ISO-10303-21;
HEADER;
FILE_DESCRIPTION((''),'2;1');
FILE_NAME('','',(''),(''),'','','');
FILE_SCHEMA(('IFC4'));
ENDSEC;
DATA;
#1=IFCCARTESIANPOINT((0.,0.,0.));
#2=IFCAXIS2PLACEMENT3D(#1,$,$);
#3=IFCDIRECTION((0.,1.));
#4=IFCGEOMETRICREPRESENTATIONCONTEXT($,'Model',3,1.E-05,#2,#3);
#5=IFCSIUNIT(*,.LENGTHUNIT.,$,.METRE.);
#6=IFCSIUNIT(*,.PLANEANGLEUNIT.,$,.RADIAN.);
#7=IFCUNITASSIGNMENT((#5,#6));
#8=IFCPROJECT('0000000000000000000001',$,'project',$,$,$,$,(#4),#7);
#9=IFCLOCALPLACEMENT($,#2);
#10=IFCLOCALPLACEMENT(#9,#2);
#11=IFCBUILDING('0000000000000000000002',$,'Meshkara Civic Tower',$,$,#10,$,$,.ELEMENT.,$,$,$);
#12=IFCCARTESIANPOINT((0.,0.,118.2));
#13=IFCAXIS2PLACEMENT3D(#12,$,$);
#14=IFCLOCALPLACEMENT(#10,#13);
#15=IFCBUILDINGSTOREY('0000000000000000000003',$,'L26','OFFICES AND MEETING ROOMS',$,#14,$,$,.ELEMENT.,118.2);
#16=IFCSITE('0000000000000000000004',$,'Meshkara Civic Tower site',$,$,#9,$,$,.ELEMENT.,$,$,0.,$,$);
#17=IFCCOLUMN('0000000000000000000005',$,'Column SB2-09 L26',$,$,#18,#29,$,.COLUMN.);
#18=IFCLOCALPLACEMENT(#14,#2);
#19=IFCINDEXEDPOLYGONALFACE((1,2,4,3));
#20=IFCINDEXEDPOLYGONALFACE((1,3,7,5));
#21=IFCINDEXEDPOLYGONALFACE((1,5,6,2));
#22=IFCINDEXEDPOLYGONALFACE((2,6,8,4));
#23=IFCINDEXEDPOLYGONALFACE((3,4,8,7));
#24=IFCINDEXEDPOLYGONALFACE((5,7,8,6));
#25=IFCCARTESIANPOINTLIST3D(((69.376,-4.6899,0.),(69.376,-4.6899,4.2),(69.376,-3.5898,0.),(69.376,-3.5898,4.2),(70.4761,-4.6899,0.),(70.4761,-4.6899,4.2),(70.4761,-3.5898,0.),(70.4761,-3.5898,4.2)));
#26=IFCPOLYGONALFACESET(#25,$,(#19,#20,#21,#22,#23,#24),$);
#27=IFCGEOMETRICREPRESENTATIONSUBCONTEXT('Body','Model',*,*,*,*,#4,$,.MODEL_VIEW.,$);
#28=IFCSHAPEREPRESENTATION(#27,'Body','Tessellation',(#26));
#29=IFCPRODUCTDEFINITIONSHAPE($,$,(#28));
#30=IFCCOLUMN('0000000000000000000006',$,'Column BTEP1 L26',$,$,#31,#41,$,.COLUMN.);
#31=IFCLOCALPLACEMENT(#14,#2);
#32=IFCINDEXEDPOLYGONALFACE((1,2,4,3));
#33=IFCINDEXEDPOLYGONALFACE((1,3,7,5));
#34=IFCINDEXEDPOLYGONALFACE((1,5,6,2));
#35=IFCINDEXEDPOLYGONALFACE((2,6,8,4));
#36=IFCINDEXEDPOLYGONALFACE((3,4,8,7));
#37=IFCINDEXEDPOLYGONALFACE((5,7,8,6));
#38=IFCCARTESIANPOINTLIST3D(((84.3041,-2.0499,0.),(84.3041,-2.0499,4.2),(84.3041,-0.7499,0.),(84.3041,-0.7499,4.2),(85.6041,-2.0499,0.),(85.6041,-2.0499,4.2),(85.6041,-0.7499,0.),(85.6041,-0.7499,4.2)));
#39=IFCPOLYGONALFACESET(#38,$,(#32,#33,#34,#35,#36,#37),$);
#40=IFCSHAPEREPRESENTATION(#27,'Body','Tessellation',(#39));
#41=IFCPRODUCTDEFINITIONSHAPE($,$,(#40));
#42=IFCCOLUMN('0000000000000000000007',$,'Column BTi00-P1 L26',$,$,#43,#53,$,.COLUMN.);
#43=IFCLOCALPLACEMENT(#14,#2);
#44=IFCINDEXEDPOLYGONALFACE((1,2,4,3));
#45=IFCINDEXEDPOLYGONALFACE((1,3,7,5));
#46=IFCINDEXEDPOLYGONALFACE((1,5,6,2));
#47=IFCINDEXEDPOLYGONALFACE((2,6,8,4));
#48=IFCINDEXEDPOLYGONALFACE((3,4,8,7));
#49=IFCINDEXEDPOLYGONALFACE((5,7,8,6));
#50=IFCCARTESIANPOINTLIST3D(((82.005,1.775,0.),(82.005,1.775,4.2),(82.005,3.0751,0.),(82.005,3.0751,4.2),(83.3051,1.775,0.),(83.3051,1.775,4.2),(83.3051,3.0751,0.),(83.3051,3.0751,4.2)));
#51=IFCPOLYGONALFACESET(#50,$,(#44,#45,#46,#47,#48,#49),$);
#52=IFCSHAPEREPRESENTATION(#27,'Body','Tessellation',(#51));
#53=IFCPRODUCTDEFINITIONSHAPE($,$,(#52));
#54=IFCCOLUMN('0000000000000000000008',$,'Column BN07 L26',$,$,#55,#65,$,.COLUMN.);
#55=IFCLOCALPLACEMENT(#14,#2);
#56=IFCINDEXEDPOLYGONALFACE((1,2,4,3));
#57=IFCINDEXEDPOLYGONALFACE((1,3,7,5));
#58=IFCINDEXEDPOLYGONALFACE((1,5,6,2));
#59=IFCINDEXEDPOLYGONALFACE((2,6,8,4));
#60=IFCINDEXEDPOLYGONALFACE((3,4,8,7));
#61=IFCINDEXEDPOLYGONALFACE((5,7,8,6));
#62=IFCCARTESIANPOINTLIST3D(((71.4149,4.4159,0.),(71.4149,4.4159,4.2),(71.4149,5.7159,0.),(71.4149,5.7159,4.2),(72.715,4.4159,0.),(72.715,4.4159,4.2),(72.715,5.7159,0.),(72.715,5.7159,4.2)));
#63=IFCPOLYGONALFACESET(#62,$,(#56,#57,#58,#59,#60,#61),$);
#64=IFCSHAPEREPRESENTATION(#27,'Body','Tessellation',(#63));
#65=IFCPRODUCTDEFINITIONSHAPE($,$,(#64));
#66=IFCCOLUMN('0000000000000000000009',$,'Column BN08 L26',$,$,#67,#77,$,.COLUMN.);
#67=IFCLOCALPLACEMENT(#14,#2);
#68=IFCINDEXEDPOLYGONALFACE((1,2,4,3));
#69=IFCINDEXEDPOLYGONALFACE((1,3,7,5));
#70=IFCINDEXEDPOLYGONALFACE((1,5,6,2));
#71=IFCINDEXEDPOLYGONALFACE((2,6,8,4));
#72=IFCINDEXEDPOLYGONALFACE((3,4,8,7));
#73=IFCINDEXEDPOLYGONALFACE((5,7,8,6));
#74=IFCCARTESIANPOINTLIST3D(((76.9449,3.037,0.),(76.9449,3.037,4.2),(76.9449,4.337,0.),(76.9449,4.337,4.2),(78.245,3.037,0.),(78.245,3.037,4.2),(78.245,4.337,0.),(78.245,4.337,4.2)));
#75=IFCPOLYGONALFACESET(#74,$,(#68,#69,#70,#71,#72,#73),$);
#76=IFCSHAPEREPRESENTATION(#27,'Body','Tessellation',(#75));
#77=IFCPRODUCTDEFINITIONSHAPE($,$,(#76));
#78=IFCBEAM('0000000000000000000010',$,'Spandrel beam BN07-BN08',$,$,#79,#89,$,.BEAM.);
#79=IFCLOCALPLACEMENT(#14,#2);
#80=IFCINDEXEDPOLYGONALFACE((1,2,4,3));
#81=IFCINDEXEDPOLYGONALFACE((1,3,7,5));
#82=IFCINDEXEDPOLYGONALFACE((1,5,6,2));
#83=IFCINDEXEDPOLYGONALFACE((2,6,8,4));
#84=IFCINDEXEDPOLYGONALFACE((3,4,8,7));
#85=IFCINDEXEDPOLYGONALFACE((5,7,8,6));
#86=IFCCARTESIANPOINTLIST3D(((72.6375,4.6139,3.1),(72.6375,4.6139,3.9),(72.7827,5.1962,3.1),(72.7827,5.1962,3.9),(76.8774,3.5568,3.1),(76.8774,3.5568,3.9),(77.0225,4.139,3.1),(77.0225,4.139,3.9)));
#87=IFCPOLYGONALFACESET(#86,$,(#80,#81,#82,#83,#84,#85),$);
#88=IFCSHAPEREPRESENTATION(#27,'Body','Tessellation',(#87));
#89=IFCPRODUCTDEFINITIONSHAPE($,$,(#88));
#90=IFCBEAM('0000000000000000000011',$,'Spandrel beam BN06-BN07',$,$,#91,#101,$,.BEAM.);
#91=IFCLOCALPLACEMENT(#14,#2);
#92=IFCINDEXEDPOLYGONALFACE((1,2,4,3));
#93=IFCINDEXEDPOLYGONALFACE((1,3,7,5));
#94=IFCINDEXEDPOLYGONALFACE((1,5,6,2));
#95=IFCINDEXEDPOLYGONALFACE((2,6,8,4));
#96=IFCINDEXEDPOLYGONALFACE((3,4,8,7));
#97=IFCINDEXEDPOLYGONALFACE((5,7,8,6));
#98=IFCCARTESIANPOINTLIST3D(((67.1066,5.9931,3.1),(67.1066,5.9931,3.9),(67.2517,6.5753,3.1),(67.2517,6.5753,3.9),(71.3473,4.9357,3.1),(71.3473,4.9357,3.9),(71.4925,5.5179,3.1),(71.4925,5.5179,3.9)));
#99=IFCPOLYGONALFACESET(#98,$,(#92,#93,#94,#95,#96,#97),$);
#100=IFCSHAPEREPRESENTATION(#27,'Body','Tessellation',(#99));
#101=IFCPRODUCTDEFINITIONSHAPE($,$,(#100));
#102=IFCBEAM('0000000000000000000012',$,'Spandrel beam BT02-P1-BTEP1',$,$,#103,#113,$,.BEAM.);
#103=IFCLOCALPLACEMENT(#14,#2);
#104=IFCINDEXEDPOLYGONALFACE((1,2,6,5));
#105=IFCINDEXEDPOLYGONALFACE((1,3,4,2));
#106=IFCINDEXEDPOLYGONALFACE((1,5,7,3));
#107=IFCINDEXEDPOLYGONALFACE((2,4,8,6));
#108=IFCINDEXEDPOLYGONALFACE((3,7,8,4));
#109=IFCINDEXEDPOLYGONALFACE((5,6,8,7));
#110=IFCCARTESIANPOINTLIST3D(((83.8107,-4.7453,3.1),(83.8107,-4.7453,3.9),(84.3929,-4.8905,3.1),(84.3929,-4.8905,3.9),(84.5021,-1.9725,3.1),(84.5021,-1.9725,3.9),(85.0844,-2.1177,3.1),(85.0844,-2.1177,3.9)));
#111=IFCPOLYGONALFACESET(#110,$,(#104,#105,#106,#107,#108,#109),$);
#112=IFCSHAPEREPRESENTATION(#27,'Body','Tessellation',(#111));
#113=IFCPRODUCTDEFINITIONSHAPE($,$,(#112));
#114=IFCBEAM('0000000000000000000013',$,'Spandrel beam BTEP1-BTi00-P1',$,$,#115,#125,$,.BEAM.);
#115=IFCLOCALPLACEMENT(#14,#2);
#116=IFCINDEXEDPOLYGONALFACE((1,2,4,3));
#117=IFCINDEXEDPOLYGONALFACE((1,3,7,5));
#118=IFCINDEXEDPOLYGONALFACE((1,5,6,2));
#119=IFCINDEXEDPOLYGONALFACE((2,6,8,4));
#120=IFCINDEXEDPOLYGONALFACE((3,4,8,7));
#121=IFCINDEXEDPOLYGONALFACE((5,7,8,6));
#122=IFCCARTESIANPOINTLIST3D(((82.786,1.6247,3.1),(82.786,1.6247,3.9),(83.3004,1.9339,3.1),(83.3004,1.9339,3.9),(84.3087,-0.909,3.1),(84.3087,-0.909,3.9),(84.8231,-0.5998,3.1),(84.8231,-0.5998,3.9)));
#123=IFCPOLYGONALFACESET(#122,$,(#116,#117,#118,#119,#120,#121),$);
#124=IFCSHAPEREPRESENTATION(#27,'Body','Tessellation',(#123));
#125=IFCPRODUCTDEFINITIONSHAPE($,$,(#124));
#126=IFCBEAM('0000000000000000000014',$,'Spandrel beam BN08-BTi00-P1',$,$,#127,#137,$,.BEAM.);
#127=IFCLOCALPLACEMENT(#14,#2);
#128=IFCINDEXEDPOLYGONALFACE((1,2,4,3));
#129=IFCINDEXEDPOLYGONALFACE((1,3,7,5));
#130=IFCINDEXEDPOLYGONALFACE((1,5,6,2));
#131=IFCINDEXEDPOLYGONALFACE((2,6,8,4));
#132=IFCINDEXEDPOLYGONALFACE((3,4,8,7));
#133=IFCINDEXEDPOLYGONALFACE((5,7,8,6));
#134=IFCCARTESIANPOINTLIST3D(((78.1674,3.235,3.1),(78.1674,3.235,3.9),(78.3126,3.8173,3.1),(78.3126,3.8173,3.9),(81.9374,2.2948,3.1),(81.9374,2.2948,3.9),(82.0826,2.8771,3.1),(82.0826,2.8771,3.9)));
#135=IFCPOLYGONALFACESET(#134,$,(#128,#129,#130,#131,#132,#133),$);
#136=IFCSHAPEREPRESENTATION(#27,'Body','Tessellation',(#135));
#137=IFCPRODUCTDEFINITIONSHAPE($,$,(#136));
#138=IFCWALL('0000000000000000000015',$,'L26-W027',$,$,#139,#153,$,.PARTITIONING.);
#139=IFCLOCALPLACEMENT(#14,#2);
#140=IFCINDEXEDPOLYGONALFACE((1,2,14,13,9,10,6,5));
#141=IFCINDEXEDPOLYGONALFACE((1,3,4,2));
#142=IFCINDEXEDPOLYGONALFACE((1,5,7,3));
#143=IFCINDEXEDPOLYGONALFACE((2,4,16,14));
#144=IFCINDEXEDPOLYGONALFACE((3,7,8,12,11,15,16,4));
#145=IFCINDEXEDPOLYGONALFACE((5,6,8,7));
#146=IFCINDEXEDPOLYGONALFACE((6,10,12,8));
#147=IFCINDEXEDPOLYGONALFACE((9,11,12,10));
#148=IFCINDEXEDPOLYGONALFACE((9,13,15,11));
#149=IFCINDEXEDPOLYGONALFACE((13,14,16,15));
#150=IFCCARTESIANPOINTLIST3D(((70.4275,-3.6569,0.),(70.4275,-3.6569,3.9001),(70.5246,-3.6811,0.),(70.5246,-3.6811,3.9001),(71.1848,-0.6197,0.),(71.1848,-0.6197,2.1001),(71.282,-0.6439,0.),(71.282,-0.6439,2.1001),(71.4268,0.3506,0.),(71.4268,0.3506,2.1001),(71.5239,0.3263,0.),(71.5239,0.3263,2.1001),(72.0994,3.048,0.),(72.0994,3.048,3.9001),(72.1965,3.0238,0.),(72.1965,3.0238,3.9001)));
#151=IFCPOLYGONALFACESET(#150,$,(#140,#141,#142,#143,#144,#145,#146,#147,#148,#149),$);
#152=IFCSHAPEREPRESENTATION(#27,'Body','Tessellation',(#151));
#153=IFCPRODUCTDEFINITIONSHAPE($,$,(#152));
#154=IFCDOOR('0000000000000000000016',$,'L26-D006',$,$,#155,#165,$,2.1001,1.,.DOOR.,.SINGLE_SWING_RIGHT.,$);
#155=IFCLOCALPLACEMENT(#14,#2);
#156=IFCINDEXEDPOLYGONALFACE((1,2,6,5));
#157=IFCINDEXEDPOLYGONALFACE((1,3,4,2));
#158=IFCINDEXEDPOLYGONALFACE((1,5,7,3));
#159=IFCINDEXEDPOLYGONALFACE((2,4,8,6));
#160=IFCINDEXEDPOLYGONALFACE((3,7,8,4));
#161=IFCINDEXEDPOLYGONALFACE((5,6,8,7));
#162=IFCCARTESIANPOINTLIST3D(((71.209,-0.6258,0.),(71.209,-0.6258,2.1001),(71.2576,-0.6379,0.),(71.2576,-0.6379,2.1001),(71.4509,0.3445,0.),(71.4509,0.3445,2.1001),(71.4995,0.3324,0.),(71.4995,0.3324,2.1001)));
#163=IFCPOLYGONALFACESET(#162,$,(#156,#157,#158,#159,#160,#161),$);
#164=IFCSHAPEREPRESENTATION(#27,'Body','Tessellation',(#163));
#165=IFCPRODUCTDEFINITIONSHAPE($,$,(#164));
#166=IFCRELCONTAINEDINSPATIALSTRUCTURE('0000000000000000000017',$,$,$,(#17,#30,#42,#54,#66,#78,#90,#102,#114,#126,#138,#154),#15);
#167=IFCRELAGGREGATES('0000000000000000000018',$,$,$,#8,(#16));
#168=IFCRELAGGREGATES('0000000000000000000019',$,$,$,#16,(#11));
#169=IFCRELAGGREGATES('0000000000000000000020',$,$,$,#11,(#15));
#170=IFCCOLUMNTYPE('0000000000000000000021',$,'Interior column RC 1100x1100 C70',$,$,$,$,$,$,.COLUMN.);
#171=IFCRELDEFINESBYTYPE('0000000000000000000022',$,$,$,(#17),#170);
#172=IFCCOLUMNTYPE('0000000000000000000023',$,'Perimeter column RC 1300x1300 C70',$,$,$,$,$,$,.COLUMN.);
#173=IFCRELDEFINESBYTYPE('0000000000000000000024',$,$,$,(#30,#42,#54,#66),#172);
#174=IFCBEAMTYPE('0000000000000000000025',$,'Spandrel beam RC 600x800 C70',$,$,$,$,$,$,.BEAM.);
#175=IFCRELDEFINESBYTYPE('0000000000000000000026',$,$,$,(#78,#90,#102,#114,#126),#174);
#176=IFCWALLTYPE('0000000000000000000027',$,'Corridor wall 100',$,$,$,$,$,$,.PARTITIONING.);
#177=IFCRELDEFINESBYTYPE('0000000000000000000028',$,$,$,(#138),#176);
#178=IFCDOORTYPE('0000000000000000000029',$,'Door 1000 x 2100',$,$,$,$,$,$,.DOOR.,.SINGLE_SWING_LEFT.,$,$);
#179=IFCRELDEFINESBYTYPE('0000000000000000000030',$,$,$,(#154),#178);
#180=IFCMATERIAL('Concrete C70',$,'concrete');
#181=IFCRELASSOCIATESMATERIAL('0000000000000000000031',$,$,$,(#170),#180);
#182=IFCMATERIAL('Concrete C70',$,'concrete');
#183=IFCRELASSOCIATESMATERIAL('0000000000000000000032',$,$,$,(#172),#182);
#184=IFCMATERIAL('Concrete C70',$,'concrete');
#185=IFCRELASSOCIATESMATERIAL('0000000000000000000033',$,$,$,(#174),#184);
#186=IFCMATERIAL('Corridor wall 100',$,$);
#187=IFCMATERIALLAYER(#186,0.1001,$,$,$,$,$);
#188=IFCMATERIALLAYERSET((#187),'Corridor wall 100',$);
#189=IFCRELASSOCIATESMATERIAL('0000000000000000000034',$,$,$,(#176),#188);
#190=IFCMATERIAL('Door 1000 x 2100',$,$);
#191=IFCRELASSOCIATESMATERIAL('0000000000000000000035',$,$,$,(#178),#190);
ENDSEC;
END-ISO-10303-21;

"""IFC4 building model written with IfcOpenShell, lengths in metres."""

from ifc_helpers import new_model, si_unit, direction, frame, frame_2d, origin, origin_2d, place, context, subcontext, project, spatial, rectangle, extrude, material, layer, layer_set, material_profile, profile_set, type_object, element, fill, save


model = new_model("IFC4")

# Units and contexts
model_context = context("Model", 3, precision=1e-05, world=origin(), true_north=direction((0.0, 1.0)))
body_context = subcontext(model_context, "Body", "Model", "MODEL_VIEW")
ifc_project = project(units=[si_unit("LENGTHUNIT", "METRE"), si_unit("PLANEANGLEUNIT", "RADIAN")], contexts=[model_context])

# Site, building, storey
site_placement = place(None, origin())
site = spatial("IfcSite", under=ifc_project, at=site_placement, Name="Meshkara Civic Tower site", CompositionType="ELEMENT", RefElevation=0.0)
building_placement = place(site_placement, origin())
building = spatial("IfcBuilding", under=site, at=building_placement, Name="Meshkara Civic Tower", CompositionType="ELEMENT")
storey_placement = place(building_placement, frame((0.0, 0.0, 118.2)))
storey = spatial("IfcBuildingStorey", under=building, at=storey_placement, Name="L26", Description="OFFICES AND MEETING ROOMS", CompositionType="ELEMENT", Elevation=118.2)

# Columns
ifc_material_1 = material(Name="Concrete C70", Category="concrete")
ifc_material_profile_1 = material_profile(ifc_material_1, rectangle(XDim=1.1001, YDim=1.1001, at=origin_2d()))
ifc_profile_set_1 = profile_set([ifc_material_profile_1], Name="Concrete C70")
column_type_1 = type_object("IfcColumnType", Name="Interior column RC 1100x1100 C70", PredefinedType="COLUMN", material=ifc_profile_set_1)
column_placement = place(storey_placement, frame((69.926, -4.1399, 0.0), z_axis=(0.0, 0.0, 1.0), x_axis=(1.0, 0.0, 0.0)))
element("IfcColumn", 1, at=column_placement, inside=storey, type_object=column_type_1, Name="Column SB2-09 L26", PredefinedType="COLUMN", context=body_context, shape_type="SweptSolid", body=[
    extrude(rectangle(XDim=1.1001, YDim=1.1001, at=origin_2d()), origin(), (0.0, 0.0, 1.0), 4.2),
])
ifc_material_2 = material(Name="Concrete C70", Category="concrete")
ifc_material_profile_2 = material_profile(ifc_material_2, rectangle(XDim=1.3, YDim=1.3, at=origin_2d()))
ifc_profile_set_2 = profile_set([ifc_material_profile_2], Name="Concrete C70")
column_type_2 = type_object("IfcColumnType", Name="Perimeter column RC 1300x1300 C70", PredefinedType="COLUMN", material=ifc_profile_set_2)
for number, where, z_axis, x_axis, name in (
    (2, (84.9541, -1.3999, 0.0), (0.0, 0.0, 1.0), (1.0, 0.0, 0.0), "Column BTEP1 L26"),
    (3, (82.655, 2.425, 0.0), (0.0, 0.0, 1.0), (1.0, 0.0, 0.0), "Column BTi00-P1 L26"),
    (4, (72.0649, 5.0659, 0.0), (0.0, 0.0, 1.0), (1.0, 0.0, 0.0), "Column BN07 L26"),
    (5, (77.595, 3.687, 0.0), (0.0, 0.0, 1.0), (1.0, 0.0, 0.0), "Column BN08 L26"),
):
    element("IfcColumn", number, at=place(storey_placement, frame(where, z_axis=z_axis, x_axis=x_axis)), inside=storey, type_object=column_type_2, Name=name, PredefinedType="COLUMN", context=body_context, shape_type="SweptSolid", body=[
        extrude(rectangle(XDim=1.3, YDim=1.3, at=origin_2d()), origin(), (0.0, 0.0, 1.0), 4.2),
    ])

# Beams
ifc_material_3 = material(Name="Concrete C70", Category="concrete")
ifc_material_profile_3 = material_profile(ifc_material_3, rectangle(XDim=0.6001, YDim=0.8, at=origin_2d()))
ifc_profile_set_3 = profile_set([ifc_material_profile_3], Name="Concrete C70")
beam_type = type_object("IfcBeamType", Name="Spandrel beam RC 600x800 C70", PredefinedType="BEAM", material=ifc_profile_set_3)
beam_1_placement = place(storey_placement, frame((76.95, 3.8479, 3.5), z_axis=(-0.970293, 0.241931, 0.0), x_axis=(-0.241931, -0.970293, 0.0)))
element("IfcBeam", 6, at=beam_1_placement, inside=storey, type_object=beam_type, Name="Spandrel beam BN07-BN08", PredefinedType="BEAM", context=body_context, shape_type="SweptSolid", body=[
    extrude(rectangle(XDim=0.6001, YDim=0.8, at=origin_2d()), origin(), (0.0, 0.0, 1.0), 4.3696),
])
beam_2_placement = place(storey_placement, frame((71.4199, 5.2268, 3.5), z_axis=(-0.970293, 0.241931, 0.0), x_axis=(-0.241931, -0.970293, 0.0)))
element("IfcBeam", 7, at=beam_2_placement, inside=storey, type_object=beam_type, Name="Spandrel beam BN06-BN07", PredefinedType="BEAM", context=body_context, shape_type="SweptSolid", body=[
    extrude(rectangle(XDim=0.6001, YDim=0.8, at=origin_2d()), origin(), (0.0, 0.0, 1.0), 4.3706),
])
beam_3_placement = place(storey_placement, frame((84.1018, -4.8179, 3.5), z_axis=(0.241953, 0.970288, 0.0), x_axis=(-0.970288, 0.241953, 0.0)))
element("IfcBeam", 8, at=beam_3_placement, inside=storey, type_object=beam_type, Name="Spandrel beam BT02-P1-BTEP1", PredefinedType="BEAM", context=body_context, shape_type="SweptSolid", body=[
    extrude(rectangle(XDim=0.6001, YDim=0.8, at=origin_2d()), origin(), (0.0, 0.0, 1.0), 2.8577),
])
beam_4_placement = place(storey_placement, frame((84.5659, -0.7544, 3.5), z_axis=(-0.515115, 0.857121, 0.0), x_axis=(-0.857121, -0.515115, 0.0)))
element("IfcBeam", 9, at=beam_4_placement, inside=storey, type_object=beam_type, Name="Spandrel beam BTEP1-BTi00-P1", PredefinedType="BEAM", context=body_context, shape_type="SweptSolid", body=[
    extrude(rectangle(XDim=0.6001, YDim=0.8, at=origin_2d()), origin(), (0.0, 0.0, 1.0), 2.9561),
])
beam_5_placement = place(storey_placement, frame((82.01, 2.5859, 3.5), z_axis=(-0.970283, 0.241974, 0.0), x_axis=(-0.241974, -0.970283, 0.0)))
element("IfcBeam", 10, at=beam_5_placement, inside=storey, type_object=beam_type, Name="Spandrel beam BN08-BTi00-P1", PredefinedType="BEAM", context=body_context, shape_type="SweptSolid", body=[
    extrude(rectangle(XDim=0.6001, YDim=0.8, at=origin_2d()), origin(), (0.0, 0.0, 1.0), 3.8855),
])

# Wall, opening, door
ifc_material_4 = material(Name="Corridor wall 100")
ifc_layer_1 = layer(ifc_material_4, 0.1001)
ifc_layer_set_1 = layer_set([ifc_layer_1], Name="Corridor wall 100")
wall_type_1 = type_object("IfcWallType", Name="Corridor wall 100", PredefinedType="PARTITIONING", material=ifc_layer_set_1)
wall_1_placement = place(storey_placement, frame((72.1479, 3.0359, 0.0), z_axis=(0.0, 0.0, 1.0), x_axis=(-0.241945, -0.97029, 0.0)))
wall_1 = element("IfcWall", 11, at=wall_1_placement, inside=storey, type_object=wall_type_1, Name="L26-W027", PredefinedType="PARTITIONING", context=body_context, shape_type="SweptSolid", body=[
    extrude(rectangle(XDim=6.9102, YDim=0.1001, at=frame_2d((3.4551, 0.0))), origin(), (0.0, 0.0, 1.0), 3.9001),
])
opening_1_placement = place(wall_1_placement, frame((2.78, 0.0, 0.0)))
opening_1 = element("IfcOpeningElement", 12, at=opening_1_placement, cuts=wall_1, PredefinedType="OPENING", context=body_context, shape_type="SweptSolid", body=[
    extrude(rectangle(XDim=1.0, YDim=2.1001, at=frame_2d((0.5, 1.05))), frame((0.0, 0.0601, 0.0), z_axis=(0.0, -1.0, 0.0), x_axis=(1.0, 0.0, 0.0)), (0.0, 0.0, 1.0), 0.1201),
])
ifc_material_5 = material(Name="Door 1000 x 2100")
door_type_1 = type_object("IfcDoorType", Name="Door 1000 x 2100", OperationType="SINGLE_SWING_LEFT", PredefinedType="DOOR", material=ifc_material_5)
door_1_placement = place(opening_1_placement, origin())
door_1 = element("IfcDoor", 13, at=door_1_placement, inside=storey, type_object=door_type_1, Name="L26-D006", OperationType="SINGLE_SWING_RIGHT", OverallHeight=2.1001, OverallWidth=1.0, PredefinedType="DOOR", context=body_context, shape_type="SweptSolid", body=[
    extrude(rectangle(XDim=1.0, YDim=2.1001, at=frame_2d((0.5, 1.05))), frame((0.0, 0.0249, 0.0), z_axis=(0.0, -1.0, 0.0), x_axis=(1.0, 0.0, 0.0)), (0.0, 0.0, 1.0), 0.05),
])
fill(opening_1, door_1)

save(model, "model.ifc")
